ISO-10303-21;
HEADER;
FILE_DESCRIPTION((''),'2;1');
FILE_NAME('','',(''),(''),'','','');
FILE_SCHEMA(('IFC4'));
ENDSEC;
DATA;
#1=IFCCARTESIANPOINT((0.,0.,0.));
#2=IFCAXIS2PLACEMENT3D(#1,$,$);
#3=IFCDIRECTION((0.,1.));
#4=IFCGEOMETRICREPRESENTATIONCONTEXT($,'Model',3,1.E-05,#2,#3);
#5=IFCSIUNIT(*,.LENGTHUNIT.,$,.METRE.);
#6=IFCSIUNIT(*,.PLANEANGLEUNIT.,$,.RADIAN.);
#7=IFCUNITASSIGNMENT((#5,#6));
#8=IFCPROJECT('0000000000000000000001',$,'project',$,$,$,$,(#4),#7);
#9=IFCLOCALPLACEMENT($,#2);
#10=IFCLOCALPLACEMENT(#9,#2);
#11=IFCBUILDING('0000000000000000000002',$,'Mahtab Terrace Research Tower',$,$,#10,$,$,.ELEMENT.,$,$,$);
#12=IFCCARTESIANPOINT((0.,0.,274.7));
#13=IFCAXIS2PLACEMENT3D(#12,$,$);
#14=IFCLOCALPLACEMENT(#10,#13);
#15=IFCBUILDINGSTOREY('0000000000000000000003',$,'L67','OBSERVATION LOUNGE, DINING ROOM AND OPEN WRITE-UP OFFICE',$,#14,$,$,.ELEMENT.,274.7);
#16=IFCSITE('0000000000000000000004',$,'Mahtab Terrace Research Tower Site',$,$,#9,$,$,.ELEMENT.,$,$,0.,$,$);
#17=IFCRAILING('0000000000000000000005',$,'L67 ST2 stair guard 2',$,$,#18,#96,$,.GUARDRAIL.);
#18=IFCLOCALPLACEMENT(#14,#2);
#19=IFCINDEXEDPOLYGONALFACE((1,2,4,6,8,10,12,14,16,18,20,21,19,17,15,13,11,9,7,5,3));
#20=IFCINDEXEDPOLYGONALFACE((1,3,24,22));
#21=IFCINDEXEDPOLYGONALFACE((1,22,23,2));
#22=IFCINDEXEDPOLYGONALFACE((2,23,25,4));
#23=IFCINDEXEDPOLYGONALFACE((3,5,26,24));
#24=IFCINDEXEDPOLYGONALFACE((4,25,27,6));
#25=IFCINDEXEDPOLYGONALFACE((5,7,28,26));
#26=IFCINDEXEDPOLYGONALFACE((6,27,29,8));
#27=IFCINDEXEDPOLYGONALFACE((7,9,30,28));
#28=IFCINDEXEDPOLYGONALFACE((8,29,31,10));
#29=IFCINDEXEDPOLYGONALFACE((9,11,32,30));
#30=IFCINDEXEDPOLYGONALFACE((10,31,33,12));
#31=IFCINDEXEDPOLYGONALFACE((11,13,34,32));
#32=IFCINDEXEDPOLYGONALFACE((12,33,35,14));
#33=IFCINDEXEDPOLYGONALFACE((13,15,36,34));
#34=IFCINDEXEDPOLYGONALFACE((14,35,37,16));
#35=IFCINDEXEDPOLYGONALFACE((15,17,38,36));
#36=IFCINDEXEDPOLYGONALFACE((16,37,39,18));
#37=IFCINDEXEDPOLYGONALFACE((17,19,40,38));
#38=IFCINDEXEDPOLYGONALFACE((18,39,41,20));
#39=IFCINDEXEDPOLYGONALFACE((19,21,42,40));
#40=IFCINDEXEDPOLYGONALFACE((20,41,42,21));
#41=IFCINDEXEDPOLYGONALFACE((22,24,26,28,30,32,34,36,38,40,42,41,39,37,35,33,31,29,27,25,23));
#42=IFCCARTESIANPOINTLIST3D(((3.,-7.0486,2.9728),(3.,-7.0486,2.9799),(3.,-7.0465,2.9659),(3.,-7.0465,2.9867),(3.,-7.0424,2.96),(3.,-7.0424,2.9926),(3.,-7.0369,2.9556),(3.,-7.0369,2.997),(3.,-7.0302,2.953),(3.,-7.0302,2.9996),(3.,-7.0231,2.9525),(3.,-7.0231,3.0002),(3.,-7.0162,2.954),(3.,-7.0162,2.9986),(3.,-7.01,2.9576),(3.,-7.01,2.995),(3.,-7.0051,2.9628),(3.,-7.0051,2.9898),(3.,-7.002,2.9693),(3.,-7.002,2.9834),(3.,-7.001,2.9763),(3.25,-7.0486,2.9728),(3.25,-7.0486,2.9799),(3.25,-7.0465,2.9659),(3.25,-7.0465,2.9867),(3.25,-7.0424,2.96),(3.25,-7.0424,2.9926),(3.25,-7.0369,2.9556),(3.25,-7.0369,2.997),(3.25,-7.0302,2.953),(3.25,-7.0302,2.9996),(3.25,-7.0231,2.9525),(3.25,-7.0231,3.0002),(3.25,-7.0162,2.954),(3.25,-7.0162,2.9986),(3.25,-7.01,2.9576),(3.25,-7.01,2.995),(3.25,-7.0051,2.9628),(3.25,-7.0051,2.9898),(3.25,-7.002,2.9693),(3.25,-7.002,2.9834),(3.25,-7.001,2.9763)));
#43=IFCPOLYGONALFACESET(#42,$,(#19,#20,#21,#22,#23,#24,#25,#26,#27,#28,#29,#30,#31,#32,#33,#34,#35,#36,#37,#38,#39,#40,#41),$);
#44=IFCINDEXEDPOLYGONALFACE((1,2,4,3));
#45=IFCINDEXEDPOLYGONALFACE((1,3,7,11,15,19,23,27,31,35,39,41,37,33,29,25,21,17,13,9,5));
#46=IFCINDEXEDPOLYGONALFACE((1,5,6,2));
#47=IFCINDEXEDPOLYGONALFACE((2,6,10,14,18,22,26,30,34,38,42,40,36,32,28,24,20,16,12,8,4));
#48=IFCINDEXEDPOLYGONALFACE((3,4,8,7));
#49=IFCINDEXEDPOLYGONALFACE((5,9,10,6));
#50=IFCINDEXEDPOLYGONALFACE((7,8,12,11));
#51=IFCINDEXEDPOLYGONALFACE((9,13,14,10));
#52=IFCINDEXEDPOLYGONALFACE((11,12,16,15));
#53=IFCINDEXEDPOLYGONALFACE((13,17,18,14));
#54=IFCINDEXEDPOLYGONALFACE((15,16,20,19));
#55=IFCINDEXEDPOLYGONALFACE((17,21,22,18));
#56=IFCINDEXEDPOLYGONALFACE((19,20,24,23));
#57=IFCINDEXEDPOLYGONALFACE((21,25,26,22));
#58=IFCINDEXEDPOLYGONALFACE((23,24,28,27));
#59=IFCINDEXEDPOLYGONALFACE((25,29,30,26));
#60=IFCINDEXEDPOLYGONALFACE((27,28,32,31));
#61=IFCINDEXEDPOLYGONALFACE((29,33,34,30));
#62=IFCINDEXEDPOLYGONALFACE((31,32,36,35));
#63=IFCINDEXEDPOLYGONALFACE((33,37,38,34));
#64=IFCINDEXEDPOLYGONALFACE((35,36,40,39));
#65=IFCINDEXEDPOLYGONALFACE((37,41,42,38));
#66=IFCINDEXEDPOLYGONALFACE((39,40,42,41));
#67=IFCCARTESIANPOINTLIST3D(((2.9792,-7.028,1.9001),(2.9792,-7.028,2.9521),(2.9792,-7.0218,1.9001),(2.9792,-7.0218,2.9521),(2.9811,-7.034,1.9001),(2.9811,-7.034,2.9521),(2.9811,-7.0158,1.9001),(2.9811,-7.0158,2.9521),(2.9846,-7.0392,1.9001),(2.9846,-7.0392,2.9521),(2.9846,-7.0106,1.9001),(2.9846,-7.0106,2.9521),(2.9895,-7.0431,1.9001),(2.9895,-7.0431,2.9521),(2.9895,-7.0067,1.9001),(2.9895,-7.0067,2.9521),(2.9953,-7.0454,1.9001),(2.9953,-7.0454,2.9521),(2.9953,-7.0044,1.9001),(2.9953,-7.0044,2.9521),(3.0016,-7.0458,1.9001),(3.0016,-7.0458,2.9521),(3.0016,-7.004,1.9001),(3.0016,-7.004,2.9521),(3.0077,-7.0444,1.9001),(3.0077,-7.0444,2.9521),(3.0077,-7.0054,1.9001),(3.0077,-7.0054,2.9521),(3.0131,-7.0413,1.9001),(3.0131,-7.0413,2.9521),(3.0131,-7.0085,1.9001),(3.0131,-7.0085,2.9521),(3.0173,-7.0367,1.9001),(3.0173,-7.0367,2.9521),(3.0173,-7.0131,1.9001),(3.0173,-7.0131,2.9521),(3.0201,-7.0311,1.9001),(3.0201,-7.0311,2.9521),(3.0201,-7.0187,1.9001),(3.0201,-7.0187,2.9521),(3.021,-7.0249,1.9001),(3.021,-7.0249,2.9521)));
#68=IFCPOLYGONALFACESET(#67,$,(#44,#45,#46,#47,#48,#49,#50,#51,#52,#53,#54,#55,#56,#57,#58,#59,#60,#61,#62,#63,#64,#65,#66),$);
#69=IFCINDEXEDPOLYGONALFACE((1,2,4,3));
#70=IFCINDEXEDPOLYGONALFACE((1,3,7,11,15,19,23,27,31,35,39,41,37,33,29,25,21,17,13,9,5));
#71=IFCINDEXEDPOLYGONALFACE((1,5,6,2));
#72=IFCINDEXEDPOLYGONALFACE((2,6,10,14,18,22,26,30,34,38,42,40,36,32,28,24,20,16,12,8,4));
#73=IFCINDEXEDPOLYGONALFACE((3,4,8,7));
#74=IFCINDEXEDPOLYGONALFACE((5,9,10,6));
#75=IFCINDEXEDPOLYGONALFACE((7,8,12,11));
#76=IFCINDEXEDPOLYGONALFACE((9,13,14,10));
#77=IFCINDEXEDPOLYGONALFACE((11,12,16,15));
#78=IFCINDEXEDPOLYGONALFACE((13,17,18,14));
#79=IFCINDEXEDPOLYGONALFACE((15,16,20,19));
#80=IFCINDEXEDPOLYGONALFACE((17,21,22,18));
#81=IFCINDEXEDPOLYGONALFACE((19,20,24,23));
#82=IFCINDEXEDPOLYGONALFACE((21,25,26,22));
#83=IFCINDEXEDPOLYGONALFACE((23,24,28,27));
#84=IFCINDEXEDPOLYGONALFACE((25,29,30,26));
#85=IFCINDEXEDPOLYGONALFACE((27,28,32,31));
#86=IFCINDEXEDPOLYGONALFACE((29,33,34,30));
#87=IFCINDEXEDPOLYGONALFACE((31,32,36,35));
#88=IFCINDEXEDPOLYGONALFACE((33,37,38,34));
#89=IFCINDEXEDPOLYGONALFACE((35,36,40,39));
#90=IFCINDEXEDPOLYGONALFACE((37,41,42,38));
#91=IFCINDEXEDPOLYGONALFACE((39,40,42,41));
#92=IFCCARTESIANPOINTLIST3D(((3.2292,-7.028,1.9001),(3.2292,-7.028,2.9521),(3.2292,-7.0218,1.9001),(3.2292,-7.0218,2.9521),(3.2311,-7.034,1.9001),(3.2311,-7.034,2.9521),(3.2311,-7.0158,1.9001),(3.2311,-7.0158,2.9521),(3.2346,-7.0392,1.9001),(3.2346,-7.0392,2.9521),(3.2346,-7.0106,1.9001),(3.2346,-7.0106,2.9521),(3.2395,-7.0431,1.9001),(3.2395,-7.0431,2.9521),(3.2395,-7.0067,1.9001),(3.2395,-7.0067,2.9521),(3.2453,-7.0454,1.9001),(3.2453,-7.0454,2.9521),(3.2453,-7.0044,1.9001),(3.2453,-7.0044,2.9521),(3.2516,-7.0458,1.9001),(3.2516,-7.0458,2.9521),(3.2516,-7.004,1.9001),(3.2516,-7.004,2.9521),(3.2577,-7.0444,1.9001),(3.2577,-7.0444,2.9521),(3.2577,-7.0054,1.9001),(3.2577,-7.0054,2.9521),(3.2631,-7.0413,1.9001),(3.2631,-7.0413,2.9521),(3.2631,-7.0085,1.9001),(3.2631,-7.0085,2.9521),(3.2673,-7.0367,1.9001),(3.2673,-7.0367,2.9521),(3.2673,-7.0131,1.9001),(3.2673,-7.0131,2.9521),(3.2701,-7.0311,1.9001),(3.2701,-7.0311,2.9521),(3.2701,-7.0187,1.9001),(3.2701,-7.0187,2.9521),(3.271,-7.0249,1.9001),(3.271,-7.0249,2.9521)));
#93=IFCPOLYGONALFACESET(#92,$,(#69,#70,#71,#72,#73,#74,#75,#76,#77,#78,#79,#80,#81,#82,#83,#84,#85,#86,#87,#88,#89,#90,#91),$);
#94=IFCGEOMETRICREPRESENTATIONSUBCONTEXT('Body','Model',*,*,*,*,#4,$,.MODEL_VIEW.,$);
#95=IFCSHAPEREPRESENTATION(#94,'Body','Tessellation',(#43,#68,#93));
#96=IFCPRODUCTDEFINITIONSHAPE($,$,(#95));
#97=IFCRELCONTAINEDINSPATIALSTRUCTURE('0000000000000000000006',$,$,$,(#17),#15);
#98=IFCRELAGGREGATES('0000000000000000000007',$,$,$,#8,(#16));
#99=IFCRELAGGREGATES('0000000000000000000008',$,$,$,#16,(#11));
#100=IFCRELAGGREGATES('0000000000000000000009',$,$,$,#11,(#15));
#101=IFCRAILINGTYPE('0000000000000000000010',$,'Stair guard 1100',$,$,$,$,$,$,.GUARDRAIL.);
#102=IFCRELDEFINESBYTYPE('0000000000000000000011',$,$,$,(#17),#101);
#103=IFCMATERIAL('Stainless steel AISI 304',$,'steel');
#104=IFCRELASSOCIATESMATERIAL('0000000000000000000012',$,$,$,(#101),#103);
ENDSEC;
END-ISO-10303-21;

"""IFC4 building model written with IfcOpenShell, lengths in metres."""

from ifc_helpers import new_model, si_unit, direction, frame, origin, origin_2d, place, context, subcontext, project, spatial, circle, extrude, material, type_object, element, save


model = new_model("IFC4")

# Units and contexts
model_context = context("Model", 3, precision=1e-05, world=origin(), true_north=direction((0.0, 1.0)))
body_context = subcontext(model_context, "Body", "Model", "MODEL_VIEW")
ifc_project = project(units=[si_unit("LENGTHUNIT", "METRE"), si_unit("PLANEANGLEUNIT", "RADIAN")], contexts=[model_context])

# Site, building, storey
site_placement = place(None, origin())
site = spatial("IfcSite", under=ifc_project, at=site_placement, Name="Mahtab Terrace Research Tower Site", CompositionType="ELEMENT", RefElevation=0.0)
building_placement = place(site_placement, origin())
building = spatial("IfcBuilding", under=site, at=building_placement, Name="Mahtab Terrace Research Tower", CompositionType="ELEMENT")
storey_placement = place(building_placement, frame((0.0, 0.0, 274.7)))
storey = spatial("IfcBuildingStorey", under=building, at=storey_placement, Name="L67", Description="OBSERVATION LOUNGE, DINING ROOM AND OPEN WRITE-UP OFFICE", CompositionType="ELEMENT", Elevation=274.7)

# Railing
ifc_material_1 = material(Name="Stainless steel AISI 304", Category="steel")
railing_type_1 = type_object("IfcRailingType", Name="Stair guard 1100", PredefinedType="GUARDRAIL", material=ifc_material_1)
railing_1_placement = place(storey_placement, frame((3.0, -7.0249, 1.9001)))
element("IfcRailing", 1, at=railing_1_placement, inside=storey, type_object=railing_type_1, Name="L67 ST2 stair guard 2", PredefinedType="GUARDRAIL", context=body_context, shape_type="SweptSolid", body=[
    extrude(circle(Radius=0.0239, at=origin_2d()), frame((0.0, 0.0, 1.0762), z_axis=(1.0, 0.0, 0.0), x_axis=(0.0, 1.0, 0.0)), (0.0, 0.0, 1.0), 0.25),
    extrude(circle(Radius=0.021, at=origin_2d()), origin(), (0.0, 0.0, 1.0), 1.052),
    extrude(circle(Radius=0.021, at=origin_2d()), frame((0.25, 0.0, 0.0)), (0.0, 0.0, 1.0), 1.052),
])

save(model, "model.ifc")
